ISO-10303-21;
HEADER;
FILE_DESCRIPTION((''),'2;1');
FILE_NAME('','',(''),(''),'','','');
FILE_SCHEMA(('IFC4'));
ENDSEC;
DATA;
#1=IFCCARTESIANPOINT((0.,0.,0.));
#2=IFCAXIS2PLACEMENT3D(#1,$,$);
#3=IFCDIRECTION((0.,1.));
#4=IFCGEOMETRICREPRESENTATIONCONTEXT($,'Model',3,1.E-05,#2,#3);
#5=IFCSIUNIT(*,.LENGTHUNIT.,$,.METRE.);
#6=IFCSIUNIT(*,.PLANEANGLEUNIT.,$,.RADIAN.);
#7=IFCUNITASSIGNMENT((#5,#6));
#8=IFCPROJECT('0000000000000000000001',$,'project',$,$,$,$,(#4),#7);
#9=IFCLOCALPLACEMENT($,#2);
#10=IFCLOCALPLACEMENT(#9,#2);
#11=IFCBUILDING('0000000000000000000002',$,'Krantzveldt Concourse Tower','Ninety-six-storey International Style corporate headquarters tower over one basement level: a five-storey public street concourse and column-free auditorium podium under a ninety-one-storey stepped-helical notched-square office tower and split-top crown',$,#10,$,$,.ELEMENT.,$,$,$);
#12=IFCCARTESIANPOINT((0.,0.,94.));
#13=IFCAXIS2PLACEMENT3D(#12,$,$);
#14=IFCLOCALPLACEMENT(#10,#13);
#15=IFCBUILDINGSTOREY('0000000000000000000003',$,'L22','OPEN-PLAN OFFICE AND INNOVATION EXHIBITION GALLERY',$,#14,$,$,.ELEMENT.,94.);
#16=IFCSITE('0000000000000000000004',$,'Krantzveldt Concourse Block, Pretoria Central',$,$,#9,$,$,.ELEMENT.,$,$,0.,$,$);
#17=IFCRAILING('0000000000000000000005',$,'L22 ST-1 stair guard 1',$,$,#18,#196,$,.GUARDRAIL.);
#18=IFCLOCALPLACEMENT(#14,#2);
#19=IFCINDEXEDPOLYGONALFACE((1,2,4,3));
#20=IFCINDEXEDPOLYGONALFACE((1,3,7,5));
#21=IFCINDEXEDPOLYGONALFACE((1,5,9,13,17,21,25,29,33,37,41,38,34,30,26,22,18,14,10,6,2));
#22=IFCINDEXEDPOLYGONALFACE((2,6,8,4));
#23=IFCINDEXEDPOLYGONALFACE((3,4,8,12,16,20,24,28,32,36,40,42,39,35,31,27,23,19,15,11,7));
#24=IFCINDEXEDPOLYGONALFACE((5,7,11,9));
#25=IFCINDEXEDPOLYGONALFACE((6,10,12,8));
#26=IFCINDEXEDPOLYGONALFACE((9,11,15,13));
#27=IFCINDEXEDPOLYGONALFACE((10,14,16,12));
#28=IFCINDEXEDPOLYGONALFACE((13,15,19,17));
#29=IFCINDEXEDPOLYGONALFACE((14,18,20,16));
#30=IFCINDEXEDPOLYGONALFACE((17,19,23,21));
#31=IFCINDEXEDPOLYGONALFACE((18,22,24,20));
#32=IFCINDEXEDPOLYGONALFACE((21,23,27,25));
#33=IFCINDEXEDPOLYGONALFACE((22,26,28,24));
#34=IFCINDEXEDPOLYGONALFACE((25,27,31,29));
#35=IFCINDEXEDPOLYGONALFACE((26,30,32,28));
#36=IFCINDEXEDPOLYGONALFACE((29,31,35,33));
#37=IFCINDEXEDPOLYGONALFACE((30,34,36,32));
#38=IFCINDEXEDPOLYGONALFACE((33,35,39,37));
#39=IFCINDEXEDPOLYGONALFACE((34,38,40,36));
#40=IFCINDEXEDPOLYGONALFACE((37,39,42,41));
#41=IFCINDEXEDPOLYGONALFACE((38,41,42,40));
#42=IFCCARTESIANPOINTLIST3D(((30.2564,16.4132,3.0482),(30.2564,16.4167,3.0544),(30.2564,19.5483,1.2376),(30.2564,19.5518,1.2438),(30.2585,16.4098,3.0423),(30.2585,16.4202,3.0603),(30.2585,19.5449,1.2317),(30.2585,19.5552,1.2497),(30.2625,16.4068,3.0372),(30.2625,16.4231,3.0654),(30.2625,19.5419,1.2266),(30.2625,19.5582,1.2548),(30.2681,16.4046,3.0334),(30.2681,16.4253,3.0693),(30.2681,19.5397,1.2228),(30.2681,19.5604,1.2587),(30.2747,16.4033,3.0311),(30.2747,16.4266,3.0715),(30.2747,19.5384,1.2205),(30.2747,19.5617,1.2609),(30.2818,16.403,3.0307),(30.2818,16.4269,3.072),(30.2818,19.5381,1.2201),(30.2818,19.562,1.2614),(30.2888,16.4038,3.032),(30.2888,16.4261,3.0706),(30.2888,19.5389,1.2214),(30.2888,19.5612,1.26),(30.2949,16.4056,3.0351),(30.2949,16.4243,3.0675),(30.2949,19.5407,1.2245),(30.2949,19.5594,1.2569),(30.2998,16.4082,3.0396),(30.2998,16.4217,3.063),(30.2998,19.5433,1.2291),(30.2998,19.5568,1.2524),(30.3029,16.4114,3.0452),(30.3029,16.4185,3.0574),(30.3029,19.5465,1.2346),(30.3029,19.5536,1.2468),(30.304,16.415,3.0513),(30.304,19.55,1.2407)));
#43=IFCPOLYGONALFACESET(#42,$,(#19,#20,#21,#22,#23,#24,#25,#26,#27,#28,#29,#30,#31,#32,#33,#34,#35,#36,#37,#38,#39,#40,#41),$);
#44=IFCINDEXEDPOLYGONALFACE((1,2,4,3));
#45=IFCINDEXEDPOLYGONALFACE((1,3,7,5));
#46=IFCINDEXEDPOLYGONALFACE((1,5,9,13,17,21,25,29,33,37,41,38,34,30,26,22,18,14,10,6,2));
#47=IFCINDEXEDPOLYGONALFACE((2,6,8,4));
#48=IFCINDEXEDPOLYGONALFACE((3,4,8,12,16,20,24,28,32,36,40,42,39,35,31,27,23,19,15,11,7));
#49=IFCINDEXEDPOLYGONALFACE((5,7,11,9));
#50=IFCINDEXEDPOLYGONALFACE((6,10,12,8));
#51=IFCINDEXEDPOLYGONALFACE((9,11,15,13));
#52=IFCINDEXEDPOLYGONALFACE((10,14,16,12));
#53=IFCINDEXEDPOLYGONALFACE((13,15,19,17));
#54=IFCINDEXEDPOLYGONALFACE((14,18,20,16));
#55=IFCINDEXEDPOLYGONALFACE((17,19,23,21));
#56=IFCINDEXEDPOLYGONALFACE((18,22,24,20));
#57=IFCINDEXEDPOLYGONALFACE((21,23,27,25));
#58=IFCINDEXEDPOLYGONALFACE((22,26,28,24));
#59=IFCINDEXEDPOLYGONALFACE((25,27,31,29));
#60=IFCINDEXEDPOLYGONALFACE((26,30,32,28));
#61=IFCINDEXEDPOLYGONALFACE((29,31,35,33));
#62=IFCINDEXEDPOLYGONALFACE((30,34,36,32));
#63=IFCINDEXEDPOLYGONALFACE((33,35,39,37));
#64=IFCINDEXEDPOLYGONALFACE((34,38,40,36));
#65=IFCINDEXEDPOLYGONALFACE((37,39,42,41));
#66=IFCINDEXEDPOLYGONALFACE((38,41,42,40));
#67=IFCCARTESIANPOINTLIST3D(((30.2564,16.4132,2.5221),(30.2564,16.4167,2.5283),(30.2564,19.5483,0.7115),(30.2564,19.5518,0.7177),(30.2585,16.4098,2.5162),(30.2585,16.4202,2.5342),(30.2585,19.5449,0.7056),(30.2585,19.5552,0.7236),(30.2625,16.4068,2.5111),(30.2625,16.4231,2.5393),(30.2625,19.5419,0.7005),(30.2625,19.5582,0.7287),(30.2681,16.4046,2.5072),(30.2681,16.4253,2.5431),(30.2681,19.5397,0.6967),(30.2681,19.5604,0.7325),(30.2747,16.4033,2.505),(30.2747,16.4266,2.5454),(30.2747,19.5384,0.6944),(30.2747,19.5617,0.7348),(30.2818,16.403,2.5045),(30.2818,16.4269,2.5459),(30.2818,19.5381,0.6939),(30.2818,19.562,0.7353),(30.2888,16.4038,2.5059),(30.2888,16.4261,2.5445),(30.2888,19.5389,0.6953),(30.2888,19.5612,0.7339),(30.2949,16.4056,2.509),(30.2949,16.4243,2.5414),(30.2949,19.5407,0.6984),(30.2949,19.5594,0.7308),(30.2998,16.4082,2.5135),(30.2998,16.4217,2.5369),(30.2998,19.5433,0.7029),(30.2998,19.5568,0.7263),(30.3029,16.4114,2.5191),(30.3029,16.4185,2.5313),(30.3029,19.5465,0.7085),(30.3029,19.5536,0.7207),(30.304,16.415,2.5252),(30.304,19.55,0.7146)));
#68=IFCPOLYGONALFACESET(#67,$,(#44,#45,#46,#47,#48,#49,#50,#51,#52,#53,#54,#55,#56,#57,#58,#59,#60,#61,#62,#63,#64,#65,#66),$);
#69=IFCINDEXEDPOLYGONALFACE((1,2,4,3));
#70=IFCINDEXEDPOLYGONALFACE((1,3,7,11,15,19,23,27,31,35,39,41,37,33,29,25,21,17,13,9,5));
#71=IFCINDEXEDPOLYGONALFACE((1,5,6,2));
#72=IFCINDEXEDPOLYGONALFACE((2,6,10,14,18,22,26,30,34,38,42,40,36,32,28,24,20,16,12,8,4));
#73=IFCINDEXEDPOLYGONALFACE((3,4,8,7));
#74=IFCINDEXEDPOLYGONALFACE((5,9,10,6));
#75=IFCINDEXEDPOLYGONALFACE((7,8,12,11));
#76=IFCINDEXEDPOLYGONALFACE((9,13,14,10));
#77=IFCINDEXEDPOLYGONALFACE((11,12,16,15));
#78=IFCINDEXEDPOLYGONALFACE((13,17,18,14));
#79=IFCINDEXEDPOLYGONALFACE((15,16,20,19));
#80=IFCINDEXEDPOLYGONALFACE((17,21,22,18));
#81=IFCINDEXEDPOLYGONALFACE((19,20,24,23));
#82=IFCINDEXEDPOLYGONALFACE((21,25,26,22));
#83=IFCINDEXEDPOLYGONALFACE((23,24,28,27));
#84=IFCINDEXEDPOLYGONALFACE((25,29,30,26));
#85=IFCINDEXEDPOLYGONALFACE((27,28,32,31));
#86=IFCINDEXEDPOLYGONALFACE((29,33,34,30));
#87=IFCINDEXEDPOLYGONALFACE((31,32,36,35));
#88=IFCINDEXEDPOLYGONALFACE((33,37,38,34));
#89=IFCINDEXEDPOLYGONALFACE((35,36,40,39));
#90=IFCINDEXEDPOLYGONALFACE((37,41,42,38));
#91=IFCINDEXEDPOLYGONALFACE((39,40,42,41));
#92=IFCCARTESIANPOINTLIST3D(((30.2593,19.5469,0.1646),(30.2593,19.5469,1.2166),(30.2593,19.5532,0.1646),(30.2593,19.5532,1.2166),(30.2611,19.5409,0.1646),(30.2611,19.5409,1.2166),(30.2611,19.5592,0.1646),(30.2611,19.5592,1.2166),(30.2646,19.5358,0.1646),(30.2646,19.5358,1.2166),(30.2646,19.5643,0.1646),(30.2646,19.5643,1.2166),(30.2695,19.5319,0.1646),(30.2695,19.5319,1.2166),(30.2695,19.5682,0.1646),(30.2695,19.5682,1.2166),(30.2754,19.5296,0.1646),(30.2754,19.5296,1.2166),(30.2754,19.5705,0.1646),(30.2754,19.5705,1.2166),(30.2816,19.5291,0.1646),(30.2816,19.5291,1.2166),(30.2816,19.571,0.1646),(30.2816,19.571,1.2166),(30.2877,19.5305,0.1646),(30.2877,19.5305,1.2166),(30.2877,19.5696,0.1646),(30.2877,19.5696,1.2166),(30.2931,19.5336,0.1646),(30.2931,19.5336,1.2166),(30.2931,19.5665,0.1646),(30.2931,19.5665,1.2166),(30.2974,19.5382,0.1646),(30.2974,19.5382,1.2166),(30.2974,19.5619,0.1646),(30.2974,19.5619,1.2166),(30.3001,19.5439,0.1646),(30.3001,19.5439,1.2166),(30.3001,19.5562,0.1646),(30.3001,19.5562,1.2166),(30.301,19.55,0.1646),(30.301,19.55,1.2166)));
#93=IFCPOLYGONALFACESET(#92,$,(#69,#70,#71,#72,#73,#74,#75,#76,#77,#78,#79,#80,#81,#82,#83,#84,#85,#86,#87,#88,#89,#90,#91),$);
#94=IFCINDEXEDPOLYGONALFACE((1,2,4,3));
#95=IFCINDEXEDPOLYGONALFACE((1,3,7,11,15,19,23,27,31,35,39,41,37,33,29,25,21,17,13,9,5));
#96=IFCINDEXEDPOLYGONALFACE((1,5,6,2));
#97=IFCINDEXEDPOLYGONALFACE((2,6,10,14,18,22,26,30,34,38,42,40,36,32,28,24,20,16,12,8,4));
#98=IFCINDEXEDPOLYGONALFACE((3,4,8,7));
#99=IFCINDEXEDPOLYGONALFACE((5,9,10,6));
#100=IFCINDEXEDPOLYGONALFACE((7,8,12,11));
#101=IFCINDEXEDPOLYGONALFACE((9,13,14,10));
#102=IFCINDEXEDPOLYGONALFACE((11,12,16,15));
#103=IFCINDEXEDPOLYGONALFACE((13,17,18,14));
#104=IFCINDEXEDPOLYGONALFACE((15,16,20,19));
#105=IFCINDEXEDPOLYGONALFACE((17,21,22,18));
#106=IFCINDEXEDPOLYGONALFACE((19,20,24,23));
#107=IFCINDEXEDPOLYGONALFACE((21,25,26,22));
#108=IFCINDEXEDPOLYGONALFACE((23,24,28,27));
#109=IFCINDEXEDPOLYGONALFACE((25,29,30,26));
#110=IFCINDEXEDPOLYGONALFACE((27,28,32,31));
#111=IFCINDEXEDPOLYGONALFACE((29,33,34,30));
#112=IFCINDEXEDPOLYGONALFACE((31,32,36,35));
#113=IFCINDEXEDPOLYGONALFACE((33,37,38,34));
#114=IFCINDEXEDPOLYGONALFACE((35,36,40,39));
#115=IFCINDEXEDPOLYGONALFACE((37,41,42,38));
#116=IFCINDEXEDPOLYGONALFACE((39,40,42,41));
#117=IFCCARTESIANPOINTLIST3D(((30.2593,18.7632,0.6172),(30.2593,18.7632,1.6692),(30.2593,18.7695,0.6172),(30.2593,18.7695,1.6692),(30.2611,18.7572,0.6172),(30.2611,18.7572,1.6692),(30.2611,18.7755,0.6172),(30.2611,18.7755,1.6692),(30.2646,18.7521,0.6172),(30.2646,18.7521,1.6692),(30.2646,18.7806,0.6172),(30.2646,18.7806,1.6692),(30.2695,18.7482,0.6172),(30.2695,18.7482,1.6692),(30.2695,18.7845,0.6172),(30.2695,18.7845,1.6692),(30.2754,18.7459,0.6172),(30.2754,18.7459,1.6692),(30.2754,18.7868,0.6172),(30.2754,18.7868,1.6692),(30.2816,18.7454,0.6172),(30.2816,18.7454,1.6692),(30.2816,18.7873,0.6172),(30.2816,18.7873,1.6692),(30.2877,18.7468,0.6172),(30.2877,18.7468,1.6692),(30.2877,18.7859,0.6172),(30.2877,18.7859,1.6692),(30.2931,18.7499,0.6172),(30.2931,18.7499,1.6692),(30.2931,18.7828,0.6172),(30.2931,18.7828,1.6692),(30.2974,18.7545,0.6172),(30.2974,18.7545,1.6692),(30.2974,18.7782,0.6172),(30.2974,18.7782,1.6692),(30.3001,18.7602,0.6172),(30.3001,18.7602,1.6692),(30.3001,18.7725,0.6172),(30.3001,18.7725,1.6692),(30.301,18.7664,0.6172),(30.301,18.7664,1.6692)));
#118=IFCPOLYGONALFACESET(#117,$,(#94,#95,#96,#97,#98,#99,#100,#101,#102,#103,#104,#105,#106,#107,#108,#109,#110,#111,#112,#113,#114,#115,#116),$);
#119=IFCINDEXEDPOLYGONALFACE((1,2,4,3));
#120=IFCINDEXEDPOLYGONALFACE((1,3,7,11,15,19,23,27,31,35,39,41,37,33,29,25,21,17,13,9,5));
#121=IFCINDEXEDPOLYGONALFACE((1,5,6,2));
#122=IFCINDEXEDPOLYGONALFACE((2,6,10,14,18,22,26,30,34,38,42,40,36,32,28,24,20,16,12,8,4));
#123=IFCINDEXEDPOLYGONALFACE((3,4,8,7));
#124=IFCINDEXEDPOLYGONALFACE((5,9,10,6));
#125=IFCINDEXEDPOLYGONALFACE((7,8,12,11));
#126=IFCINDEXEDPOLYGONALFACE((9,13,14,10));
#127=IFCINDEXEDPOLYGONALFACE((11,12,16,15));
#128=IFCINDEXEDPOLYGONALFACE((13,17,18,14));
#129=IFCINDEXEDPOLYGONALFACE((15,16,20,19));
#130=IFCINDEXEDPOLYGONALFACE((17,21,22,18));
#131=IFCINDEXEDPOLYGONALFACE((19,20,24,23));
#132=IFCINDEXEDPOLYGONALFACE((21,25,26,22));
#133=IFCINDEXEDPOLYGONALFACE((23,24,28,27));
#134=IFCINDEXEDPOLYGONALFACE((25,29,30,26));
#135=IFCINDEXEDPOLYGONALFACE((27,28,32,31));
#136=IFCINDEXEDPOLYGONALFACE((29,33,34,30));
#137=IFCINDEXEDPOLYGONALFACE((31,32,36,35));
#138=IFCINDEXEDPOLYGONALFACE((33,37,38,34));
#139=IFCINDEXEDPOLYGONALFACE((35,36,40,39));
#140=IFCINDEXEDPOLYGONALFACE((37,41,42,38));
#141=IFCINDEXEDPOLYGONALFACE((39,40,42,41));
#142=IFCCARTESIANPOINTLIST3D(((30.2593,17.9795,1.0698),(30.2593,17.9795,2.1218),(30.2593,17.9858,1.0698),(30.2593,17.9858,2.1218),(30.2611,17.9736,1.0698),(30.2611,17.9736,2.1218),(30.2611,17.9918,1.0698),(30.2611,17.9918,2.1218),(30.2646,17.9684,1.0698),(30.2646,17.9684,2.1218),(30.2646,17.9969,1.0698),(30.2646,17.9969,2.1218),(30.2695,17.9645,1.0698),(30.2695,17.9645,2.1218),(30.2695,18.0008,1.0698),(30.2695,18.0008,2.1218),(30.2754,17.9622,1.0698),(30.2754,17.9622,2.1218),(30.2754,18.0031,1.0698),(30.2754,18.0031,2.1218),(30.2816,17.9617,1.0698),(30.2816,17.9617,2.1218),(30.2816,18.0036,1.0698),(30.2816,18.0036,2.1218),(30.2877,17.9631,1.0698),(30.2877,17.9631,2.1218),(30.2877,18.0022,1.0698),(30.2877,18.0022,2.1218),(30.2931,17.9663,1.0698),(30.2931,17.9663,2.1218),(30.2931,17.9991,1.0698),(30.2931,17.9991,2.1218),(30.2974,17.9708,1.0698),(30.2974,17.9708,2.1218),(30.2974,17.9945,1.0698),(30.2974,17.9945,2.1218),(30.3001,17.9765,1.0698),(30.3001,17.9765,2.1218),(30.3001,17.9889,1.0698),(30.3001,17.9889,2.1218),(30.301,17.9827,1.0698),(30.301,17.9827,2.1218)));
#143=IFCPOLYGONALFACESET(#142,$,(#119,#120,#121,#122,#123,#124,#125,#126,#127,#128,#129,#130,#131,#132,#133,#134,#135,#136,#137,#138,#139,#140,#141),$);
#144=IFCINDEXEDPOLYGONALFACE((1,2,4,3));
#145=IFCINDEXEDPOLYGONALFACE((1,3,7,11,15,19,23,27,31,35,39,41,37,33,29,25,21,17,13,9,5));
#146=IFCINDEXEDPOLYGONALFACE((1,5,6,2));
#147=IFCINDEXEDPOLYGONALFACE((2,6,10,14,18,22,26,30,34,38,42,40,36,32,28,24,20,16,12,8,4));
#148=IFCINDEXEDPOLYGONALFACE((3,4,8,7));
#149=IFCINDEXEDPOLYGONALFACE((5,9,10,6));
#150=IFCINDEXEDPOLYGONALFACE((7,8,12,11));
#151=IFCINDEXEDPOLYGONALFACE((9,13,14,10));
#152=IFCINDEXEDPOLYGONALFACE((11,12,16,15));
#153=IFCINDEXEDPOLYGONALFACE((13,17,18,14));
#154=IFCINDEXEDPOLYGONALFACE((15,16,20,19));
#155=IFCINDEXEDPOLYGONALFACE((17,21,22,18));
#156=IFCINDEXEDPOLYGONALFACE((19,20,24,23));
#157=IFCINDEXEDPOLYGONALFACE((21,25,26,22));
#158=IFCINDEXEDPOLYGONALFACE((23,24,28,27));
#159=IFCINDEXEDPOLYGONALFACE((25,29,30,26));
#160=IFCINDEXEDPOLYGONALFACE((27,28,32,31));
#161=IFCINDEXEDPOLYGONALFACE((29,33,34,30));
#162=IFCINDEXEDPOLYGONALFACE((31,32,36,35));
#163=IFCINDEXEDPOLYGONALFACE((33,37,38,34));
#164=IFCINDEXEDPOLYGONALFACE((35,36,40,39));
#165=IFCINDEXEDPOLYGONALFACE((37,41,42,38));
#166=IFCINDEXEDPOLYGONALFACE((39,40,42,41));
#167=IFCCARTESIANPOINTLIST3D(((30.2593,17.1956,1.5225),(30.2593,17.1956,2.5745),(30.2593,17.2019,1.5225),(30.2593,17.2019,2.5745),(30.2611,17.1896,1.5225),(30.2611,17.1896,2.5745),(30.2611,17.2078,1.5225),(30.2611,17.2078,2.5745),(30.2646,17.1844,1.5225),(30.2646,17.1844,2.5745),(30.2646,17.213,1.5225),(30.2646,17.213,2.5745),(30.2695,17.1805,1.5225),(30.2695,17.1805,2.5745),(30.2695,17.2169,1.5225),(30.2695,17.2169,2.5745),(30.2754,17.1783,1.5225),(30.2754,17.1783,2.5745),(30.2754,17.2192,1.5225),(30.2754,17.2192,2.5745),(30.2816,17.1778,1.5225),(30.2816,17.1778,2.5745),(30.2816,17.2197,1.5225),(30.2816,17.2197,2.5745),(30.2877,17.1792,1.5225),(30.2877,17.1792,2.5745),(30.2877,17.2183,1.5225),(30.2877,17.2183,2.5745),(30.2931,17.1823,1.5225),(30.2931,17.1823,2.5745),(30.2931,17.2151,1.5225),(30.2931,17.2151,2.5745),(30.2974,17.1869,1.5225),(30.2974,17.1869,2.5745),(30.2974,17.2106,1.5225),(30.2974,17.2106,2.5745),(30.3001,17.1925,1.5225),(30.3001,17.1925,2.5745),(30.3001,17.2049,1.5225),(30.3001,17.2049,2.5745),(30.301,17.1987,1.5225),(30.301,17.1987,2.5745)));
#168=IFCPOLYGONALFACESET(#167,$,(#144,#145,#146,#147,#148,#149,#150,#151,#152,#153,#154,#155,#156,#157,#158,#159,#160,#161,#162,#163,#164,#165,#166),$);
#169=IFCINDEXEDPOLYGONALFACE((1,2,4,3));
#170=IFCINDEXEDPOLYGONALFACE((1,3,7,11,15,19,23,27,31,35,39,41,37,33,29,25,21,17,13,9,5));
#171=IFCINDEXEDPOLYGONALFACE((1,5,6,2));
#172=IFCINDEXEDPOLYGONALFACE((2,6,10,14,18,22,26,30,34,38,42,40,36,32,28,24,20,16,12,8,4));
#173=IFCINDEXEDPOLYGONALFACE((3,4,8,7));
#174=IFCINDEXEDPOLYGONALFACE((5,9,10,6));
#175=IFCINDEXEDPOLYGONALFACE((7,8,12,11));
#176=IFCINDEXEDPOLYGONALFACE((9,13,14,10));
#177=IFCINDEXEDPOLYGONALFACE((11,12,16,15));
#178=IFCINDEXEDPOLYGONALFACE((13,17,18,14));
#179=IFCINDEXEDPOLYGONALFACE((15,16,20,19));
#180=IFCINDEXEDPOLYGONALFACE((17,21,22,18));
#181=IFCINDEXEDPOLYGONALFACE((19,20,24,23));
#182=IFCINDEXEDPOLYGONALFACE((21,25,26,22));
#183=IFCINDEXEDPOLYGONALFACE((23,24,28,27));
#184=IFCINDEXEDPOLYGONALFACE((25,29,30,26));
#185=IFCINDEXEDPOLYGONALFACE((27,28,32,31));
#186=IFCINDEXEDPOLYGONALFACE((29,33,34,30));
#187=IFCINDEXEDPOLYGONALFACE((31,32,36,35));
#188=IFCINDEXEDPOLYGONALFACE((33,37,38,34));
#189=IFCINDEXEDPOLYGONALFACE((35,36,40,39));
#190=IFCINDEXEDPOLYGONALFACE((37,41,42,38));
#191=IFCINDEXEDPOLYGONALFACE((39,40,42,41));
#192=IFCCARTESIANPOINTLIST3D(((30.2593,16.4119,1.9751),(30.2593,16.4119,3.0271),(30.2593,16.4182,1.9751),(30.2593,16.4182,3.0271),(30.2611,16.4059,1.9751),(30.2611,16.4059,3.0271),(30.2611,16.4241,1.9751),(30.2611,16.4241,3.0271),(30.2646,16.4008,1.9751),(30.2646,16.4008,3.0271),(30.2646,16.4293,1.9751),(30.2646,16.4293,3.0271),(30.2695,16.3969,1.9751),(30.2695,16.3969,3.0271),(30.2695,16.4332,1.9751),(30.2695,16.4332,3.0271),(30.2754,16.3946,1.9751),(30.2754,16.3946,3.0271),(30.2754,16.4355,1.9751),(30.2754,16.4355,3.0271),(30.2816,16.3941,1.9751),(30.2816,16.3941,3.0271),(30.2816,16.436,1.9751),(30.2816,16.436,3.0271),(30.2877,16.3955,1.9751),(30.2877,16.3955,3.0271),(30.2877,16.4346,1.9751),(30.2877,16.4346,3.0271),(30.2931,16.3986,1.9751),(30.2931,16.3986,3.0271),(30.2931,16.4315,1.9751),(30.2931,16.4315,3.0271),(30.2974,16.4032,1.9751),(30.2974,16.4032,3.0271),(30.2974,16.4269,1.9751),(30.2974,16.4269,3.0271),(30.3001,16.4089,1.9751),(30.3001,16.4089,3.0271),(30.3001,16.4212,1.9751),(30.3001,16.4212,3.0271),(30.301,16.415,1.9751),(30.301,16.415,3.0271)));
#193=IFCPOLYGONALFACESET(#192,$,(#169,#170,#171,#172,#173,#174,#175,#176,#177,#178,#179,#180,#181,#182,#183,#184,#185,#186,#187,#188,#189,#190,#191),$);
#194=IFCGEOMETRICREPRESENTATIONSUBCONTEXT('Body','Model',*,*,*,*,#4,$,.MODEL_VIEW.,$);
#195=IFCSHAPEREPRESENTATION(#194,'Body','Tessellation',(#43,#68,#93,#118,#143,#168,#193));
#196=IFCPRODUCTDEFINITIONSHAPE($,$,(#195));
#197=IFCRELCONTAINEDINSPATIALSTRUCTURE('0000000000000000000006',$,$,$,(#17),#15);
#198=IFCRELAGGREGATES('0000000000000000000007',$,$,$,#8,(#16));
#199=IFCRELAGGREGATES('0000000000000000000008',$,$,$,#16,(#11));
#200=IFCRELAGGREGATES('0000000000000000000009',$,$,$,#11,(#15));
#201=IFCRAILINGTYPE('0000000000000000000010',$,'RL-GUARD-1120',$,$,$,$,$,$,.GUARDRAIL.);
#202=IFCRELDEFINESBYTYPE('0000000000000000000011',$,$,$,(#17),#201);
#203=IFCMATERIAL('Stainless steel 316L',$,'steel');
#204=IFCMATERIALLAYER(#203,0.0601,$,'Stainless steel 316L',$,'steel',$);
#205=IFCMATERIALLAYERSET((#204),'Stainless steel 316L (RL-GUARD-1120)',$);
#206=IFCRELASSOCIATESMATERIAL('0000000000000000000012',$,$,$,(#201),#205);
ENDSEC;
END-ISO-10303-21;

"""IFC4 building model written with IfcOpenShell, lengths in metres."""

from ifc_helpers import new_model, si_unit, direction, frame, origin, origin_2d, place, context, subcontext, project, spatial, circle, extrude, material, layer, layer_set, type_object, element, save


model = new_model("IFC4")

# Units and contexts
model_context = context("Model", 3, precision=1e-05, world=origin(), true_north=direction((0.0, 1.0)))
body_context = subcontext(model_context, "Body", "Model", "MODEL_VIEW")
ifc_project = project(units=[si_unit("LENGTHUNIT", "METRE"), si_unit("PLANEANGLEUNIT", "RADIAN")], contexts=[model_context])

# Site, building, storey
site_placement = place(None, origin())
site = spatial("IfcSite", under=ifc_project, at=site_placement, Name="Krantzveldt Concourse Block, Pretoria Central", CompositionType="ELEMENT", RefElevation=0.0)
building_placement = place(site_placement, origin())
building = spatial("IfcBuilding", under=site, at=building_placement, Name="Krantzveldt Concourse Tower", Description="Ninety-six-storey International Style corporate headquarters tower over one basement level: a five-storey public street concourse and column-free auditorium podium under a ninety-one-storey stepped-helical notched-square office tower and split-top crown", CompositionType="ELEMENT")
storey_placement = place(building_placement, frame((0.0, 0.0, 94.0)))
storey = spatial("IfcBuildingStorey", under=building, at=storey_placement, Name="L22", Description="OPEN-PLAN OFFICE AND INNOVATION EXHIBITION GALLERY", CompositionType="ELEMENT", Elevation=94.0)

# Railing
ifc_material_1 = material(Name="Stainless steel 316L", Category="steel")
ifc_layer_1 = layer(ifc_material_1, 0.0601, Name="Stainless steel 316L", Category="steel")
ifc_layer_set_1 = layer_set([ifc_layer_1], Name="Stainless steel 316L (RL-GUARD-1120)")
railing_type_1 = type_object("IfcRailingType", Name="RL-GUARD-1120", PredefinedType="GUARDRAIL", material=ifc_layer_set_1)
railing_1_placement = place(storey_placement, frame((30.28, 19.55, 0.1646)))
element("IfcRailing", 1, at=railing_1_placement, inside=storey, type_object=railing_type_1, Name="L22 ST-1 stair guard 1", PredefinedType="GUARDRAIL", context=body_context, shape_type="SweptSolid", body=[
    extrude(circle(Radius=0.0239, at=origin_2d()), frame((0.0, 0.0, 1.0762), z_axis=(0.0, -0.86596, 0.500114), x_axis=(1.0, 0.0, 0.0)), (0.0, 0.0, 1.0), 3.6204),
    extrude(circle(Radius=0.0239, at=origin_2d()), frame((0.0, 0.0, 0.55), z_axis=(0.0, -0.86596, 0.500114), x_axis=(1.0, 0.0, 0.0)), (0.0, 0.0, 1.0), 3.6204),
    extrude(circle(Radius=0.021, at=origin_2d()), origin(), (0.0, 0.0, 1.0), 1.052),
    extrude(circle(Radius=0.021, at=origin_2d()), frame((0.0, -0.7837, 0.4526)), (0.0, 0.0, 1.0), 1.052),
    extrude(circle(Radius=0.021, at=origin_2d()), frame((0.0, -1.5674, 0.9053)), (0.0, 0.0, 1.0), 1.052),
    extrude(circle(Radius=0.021, at=origin_2d()), frame((0.0, -2.3513, 1.3579)), (0.0, 0.0, 1.0), 1.052),
    extrude(circle(Radius=0.021, at=origin_2d()), frame((0.0, -3.135, 1.8105)), (0.0, 0.0, 1.0), 1.052),
])

save(model, "model.ifc")
